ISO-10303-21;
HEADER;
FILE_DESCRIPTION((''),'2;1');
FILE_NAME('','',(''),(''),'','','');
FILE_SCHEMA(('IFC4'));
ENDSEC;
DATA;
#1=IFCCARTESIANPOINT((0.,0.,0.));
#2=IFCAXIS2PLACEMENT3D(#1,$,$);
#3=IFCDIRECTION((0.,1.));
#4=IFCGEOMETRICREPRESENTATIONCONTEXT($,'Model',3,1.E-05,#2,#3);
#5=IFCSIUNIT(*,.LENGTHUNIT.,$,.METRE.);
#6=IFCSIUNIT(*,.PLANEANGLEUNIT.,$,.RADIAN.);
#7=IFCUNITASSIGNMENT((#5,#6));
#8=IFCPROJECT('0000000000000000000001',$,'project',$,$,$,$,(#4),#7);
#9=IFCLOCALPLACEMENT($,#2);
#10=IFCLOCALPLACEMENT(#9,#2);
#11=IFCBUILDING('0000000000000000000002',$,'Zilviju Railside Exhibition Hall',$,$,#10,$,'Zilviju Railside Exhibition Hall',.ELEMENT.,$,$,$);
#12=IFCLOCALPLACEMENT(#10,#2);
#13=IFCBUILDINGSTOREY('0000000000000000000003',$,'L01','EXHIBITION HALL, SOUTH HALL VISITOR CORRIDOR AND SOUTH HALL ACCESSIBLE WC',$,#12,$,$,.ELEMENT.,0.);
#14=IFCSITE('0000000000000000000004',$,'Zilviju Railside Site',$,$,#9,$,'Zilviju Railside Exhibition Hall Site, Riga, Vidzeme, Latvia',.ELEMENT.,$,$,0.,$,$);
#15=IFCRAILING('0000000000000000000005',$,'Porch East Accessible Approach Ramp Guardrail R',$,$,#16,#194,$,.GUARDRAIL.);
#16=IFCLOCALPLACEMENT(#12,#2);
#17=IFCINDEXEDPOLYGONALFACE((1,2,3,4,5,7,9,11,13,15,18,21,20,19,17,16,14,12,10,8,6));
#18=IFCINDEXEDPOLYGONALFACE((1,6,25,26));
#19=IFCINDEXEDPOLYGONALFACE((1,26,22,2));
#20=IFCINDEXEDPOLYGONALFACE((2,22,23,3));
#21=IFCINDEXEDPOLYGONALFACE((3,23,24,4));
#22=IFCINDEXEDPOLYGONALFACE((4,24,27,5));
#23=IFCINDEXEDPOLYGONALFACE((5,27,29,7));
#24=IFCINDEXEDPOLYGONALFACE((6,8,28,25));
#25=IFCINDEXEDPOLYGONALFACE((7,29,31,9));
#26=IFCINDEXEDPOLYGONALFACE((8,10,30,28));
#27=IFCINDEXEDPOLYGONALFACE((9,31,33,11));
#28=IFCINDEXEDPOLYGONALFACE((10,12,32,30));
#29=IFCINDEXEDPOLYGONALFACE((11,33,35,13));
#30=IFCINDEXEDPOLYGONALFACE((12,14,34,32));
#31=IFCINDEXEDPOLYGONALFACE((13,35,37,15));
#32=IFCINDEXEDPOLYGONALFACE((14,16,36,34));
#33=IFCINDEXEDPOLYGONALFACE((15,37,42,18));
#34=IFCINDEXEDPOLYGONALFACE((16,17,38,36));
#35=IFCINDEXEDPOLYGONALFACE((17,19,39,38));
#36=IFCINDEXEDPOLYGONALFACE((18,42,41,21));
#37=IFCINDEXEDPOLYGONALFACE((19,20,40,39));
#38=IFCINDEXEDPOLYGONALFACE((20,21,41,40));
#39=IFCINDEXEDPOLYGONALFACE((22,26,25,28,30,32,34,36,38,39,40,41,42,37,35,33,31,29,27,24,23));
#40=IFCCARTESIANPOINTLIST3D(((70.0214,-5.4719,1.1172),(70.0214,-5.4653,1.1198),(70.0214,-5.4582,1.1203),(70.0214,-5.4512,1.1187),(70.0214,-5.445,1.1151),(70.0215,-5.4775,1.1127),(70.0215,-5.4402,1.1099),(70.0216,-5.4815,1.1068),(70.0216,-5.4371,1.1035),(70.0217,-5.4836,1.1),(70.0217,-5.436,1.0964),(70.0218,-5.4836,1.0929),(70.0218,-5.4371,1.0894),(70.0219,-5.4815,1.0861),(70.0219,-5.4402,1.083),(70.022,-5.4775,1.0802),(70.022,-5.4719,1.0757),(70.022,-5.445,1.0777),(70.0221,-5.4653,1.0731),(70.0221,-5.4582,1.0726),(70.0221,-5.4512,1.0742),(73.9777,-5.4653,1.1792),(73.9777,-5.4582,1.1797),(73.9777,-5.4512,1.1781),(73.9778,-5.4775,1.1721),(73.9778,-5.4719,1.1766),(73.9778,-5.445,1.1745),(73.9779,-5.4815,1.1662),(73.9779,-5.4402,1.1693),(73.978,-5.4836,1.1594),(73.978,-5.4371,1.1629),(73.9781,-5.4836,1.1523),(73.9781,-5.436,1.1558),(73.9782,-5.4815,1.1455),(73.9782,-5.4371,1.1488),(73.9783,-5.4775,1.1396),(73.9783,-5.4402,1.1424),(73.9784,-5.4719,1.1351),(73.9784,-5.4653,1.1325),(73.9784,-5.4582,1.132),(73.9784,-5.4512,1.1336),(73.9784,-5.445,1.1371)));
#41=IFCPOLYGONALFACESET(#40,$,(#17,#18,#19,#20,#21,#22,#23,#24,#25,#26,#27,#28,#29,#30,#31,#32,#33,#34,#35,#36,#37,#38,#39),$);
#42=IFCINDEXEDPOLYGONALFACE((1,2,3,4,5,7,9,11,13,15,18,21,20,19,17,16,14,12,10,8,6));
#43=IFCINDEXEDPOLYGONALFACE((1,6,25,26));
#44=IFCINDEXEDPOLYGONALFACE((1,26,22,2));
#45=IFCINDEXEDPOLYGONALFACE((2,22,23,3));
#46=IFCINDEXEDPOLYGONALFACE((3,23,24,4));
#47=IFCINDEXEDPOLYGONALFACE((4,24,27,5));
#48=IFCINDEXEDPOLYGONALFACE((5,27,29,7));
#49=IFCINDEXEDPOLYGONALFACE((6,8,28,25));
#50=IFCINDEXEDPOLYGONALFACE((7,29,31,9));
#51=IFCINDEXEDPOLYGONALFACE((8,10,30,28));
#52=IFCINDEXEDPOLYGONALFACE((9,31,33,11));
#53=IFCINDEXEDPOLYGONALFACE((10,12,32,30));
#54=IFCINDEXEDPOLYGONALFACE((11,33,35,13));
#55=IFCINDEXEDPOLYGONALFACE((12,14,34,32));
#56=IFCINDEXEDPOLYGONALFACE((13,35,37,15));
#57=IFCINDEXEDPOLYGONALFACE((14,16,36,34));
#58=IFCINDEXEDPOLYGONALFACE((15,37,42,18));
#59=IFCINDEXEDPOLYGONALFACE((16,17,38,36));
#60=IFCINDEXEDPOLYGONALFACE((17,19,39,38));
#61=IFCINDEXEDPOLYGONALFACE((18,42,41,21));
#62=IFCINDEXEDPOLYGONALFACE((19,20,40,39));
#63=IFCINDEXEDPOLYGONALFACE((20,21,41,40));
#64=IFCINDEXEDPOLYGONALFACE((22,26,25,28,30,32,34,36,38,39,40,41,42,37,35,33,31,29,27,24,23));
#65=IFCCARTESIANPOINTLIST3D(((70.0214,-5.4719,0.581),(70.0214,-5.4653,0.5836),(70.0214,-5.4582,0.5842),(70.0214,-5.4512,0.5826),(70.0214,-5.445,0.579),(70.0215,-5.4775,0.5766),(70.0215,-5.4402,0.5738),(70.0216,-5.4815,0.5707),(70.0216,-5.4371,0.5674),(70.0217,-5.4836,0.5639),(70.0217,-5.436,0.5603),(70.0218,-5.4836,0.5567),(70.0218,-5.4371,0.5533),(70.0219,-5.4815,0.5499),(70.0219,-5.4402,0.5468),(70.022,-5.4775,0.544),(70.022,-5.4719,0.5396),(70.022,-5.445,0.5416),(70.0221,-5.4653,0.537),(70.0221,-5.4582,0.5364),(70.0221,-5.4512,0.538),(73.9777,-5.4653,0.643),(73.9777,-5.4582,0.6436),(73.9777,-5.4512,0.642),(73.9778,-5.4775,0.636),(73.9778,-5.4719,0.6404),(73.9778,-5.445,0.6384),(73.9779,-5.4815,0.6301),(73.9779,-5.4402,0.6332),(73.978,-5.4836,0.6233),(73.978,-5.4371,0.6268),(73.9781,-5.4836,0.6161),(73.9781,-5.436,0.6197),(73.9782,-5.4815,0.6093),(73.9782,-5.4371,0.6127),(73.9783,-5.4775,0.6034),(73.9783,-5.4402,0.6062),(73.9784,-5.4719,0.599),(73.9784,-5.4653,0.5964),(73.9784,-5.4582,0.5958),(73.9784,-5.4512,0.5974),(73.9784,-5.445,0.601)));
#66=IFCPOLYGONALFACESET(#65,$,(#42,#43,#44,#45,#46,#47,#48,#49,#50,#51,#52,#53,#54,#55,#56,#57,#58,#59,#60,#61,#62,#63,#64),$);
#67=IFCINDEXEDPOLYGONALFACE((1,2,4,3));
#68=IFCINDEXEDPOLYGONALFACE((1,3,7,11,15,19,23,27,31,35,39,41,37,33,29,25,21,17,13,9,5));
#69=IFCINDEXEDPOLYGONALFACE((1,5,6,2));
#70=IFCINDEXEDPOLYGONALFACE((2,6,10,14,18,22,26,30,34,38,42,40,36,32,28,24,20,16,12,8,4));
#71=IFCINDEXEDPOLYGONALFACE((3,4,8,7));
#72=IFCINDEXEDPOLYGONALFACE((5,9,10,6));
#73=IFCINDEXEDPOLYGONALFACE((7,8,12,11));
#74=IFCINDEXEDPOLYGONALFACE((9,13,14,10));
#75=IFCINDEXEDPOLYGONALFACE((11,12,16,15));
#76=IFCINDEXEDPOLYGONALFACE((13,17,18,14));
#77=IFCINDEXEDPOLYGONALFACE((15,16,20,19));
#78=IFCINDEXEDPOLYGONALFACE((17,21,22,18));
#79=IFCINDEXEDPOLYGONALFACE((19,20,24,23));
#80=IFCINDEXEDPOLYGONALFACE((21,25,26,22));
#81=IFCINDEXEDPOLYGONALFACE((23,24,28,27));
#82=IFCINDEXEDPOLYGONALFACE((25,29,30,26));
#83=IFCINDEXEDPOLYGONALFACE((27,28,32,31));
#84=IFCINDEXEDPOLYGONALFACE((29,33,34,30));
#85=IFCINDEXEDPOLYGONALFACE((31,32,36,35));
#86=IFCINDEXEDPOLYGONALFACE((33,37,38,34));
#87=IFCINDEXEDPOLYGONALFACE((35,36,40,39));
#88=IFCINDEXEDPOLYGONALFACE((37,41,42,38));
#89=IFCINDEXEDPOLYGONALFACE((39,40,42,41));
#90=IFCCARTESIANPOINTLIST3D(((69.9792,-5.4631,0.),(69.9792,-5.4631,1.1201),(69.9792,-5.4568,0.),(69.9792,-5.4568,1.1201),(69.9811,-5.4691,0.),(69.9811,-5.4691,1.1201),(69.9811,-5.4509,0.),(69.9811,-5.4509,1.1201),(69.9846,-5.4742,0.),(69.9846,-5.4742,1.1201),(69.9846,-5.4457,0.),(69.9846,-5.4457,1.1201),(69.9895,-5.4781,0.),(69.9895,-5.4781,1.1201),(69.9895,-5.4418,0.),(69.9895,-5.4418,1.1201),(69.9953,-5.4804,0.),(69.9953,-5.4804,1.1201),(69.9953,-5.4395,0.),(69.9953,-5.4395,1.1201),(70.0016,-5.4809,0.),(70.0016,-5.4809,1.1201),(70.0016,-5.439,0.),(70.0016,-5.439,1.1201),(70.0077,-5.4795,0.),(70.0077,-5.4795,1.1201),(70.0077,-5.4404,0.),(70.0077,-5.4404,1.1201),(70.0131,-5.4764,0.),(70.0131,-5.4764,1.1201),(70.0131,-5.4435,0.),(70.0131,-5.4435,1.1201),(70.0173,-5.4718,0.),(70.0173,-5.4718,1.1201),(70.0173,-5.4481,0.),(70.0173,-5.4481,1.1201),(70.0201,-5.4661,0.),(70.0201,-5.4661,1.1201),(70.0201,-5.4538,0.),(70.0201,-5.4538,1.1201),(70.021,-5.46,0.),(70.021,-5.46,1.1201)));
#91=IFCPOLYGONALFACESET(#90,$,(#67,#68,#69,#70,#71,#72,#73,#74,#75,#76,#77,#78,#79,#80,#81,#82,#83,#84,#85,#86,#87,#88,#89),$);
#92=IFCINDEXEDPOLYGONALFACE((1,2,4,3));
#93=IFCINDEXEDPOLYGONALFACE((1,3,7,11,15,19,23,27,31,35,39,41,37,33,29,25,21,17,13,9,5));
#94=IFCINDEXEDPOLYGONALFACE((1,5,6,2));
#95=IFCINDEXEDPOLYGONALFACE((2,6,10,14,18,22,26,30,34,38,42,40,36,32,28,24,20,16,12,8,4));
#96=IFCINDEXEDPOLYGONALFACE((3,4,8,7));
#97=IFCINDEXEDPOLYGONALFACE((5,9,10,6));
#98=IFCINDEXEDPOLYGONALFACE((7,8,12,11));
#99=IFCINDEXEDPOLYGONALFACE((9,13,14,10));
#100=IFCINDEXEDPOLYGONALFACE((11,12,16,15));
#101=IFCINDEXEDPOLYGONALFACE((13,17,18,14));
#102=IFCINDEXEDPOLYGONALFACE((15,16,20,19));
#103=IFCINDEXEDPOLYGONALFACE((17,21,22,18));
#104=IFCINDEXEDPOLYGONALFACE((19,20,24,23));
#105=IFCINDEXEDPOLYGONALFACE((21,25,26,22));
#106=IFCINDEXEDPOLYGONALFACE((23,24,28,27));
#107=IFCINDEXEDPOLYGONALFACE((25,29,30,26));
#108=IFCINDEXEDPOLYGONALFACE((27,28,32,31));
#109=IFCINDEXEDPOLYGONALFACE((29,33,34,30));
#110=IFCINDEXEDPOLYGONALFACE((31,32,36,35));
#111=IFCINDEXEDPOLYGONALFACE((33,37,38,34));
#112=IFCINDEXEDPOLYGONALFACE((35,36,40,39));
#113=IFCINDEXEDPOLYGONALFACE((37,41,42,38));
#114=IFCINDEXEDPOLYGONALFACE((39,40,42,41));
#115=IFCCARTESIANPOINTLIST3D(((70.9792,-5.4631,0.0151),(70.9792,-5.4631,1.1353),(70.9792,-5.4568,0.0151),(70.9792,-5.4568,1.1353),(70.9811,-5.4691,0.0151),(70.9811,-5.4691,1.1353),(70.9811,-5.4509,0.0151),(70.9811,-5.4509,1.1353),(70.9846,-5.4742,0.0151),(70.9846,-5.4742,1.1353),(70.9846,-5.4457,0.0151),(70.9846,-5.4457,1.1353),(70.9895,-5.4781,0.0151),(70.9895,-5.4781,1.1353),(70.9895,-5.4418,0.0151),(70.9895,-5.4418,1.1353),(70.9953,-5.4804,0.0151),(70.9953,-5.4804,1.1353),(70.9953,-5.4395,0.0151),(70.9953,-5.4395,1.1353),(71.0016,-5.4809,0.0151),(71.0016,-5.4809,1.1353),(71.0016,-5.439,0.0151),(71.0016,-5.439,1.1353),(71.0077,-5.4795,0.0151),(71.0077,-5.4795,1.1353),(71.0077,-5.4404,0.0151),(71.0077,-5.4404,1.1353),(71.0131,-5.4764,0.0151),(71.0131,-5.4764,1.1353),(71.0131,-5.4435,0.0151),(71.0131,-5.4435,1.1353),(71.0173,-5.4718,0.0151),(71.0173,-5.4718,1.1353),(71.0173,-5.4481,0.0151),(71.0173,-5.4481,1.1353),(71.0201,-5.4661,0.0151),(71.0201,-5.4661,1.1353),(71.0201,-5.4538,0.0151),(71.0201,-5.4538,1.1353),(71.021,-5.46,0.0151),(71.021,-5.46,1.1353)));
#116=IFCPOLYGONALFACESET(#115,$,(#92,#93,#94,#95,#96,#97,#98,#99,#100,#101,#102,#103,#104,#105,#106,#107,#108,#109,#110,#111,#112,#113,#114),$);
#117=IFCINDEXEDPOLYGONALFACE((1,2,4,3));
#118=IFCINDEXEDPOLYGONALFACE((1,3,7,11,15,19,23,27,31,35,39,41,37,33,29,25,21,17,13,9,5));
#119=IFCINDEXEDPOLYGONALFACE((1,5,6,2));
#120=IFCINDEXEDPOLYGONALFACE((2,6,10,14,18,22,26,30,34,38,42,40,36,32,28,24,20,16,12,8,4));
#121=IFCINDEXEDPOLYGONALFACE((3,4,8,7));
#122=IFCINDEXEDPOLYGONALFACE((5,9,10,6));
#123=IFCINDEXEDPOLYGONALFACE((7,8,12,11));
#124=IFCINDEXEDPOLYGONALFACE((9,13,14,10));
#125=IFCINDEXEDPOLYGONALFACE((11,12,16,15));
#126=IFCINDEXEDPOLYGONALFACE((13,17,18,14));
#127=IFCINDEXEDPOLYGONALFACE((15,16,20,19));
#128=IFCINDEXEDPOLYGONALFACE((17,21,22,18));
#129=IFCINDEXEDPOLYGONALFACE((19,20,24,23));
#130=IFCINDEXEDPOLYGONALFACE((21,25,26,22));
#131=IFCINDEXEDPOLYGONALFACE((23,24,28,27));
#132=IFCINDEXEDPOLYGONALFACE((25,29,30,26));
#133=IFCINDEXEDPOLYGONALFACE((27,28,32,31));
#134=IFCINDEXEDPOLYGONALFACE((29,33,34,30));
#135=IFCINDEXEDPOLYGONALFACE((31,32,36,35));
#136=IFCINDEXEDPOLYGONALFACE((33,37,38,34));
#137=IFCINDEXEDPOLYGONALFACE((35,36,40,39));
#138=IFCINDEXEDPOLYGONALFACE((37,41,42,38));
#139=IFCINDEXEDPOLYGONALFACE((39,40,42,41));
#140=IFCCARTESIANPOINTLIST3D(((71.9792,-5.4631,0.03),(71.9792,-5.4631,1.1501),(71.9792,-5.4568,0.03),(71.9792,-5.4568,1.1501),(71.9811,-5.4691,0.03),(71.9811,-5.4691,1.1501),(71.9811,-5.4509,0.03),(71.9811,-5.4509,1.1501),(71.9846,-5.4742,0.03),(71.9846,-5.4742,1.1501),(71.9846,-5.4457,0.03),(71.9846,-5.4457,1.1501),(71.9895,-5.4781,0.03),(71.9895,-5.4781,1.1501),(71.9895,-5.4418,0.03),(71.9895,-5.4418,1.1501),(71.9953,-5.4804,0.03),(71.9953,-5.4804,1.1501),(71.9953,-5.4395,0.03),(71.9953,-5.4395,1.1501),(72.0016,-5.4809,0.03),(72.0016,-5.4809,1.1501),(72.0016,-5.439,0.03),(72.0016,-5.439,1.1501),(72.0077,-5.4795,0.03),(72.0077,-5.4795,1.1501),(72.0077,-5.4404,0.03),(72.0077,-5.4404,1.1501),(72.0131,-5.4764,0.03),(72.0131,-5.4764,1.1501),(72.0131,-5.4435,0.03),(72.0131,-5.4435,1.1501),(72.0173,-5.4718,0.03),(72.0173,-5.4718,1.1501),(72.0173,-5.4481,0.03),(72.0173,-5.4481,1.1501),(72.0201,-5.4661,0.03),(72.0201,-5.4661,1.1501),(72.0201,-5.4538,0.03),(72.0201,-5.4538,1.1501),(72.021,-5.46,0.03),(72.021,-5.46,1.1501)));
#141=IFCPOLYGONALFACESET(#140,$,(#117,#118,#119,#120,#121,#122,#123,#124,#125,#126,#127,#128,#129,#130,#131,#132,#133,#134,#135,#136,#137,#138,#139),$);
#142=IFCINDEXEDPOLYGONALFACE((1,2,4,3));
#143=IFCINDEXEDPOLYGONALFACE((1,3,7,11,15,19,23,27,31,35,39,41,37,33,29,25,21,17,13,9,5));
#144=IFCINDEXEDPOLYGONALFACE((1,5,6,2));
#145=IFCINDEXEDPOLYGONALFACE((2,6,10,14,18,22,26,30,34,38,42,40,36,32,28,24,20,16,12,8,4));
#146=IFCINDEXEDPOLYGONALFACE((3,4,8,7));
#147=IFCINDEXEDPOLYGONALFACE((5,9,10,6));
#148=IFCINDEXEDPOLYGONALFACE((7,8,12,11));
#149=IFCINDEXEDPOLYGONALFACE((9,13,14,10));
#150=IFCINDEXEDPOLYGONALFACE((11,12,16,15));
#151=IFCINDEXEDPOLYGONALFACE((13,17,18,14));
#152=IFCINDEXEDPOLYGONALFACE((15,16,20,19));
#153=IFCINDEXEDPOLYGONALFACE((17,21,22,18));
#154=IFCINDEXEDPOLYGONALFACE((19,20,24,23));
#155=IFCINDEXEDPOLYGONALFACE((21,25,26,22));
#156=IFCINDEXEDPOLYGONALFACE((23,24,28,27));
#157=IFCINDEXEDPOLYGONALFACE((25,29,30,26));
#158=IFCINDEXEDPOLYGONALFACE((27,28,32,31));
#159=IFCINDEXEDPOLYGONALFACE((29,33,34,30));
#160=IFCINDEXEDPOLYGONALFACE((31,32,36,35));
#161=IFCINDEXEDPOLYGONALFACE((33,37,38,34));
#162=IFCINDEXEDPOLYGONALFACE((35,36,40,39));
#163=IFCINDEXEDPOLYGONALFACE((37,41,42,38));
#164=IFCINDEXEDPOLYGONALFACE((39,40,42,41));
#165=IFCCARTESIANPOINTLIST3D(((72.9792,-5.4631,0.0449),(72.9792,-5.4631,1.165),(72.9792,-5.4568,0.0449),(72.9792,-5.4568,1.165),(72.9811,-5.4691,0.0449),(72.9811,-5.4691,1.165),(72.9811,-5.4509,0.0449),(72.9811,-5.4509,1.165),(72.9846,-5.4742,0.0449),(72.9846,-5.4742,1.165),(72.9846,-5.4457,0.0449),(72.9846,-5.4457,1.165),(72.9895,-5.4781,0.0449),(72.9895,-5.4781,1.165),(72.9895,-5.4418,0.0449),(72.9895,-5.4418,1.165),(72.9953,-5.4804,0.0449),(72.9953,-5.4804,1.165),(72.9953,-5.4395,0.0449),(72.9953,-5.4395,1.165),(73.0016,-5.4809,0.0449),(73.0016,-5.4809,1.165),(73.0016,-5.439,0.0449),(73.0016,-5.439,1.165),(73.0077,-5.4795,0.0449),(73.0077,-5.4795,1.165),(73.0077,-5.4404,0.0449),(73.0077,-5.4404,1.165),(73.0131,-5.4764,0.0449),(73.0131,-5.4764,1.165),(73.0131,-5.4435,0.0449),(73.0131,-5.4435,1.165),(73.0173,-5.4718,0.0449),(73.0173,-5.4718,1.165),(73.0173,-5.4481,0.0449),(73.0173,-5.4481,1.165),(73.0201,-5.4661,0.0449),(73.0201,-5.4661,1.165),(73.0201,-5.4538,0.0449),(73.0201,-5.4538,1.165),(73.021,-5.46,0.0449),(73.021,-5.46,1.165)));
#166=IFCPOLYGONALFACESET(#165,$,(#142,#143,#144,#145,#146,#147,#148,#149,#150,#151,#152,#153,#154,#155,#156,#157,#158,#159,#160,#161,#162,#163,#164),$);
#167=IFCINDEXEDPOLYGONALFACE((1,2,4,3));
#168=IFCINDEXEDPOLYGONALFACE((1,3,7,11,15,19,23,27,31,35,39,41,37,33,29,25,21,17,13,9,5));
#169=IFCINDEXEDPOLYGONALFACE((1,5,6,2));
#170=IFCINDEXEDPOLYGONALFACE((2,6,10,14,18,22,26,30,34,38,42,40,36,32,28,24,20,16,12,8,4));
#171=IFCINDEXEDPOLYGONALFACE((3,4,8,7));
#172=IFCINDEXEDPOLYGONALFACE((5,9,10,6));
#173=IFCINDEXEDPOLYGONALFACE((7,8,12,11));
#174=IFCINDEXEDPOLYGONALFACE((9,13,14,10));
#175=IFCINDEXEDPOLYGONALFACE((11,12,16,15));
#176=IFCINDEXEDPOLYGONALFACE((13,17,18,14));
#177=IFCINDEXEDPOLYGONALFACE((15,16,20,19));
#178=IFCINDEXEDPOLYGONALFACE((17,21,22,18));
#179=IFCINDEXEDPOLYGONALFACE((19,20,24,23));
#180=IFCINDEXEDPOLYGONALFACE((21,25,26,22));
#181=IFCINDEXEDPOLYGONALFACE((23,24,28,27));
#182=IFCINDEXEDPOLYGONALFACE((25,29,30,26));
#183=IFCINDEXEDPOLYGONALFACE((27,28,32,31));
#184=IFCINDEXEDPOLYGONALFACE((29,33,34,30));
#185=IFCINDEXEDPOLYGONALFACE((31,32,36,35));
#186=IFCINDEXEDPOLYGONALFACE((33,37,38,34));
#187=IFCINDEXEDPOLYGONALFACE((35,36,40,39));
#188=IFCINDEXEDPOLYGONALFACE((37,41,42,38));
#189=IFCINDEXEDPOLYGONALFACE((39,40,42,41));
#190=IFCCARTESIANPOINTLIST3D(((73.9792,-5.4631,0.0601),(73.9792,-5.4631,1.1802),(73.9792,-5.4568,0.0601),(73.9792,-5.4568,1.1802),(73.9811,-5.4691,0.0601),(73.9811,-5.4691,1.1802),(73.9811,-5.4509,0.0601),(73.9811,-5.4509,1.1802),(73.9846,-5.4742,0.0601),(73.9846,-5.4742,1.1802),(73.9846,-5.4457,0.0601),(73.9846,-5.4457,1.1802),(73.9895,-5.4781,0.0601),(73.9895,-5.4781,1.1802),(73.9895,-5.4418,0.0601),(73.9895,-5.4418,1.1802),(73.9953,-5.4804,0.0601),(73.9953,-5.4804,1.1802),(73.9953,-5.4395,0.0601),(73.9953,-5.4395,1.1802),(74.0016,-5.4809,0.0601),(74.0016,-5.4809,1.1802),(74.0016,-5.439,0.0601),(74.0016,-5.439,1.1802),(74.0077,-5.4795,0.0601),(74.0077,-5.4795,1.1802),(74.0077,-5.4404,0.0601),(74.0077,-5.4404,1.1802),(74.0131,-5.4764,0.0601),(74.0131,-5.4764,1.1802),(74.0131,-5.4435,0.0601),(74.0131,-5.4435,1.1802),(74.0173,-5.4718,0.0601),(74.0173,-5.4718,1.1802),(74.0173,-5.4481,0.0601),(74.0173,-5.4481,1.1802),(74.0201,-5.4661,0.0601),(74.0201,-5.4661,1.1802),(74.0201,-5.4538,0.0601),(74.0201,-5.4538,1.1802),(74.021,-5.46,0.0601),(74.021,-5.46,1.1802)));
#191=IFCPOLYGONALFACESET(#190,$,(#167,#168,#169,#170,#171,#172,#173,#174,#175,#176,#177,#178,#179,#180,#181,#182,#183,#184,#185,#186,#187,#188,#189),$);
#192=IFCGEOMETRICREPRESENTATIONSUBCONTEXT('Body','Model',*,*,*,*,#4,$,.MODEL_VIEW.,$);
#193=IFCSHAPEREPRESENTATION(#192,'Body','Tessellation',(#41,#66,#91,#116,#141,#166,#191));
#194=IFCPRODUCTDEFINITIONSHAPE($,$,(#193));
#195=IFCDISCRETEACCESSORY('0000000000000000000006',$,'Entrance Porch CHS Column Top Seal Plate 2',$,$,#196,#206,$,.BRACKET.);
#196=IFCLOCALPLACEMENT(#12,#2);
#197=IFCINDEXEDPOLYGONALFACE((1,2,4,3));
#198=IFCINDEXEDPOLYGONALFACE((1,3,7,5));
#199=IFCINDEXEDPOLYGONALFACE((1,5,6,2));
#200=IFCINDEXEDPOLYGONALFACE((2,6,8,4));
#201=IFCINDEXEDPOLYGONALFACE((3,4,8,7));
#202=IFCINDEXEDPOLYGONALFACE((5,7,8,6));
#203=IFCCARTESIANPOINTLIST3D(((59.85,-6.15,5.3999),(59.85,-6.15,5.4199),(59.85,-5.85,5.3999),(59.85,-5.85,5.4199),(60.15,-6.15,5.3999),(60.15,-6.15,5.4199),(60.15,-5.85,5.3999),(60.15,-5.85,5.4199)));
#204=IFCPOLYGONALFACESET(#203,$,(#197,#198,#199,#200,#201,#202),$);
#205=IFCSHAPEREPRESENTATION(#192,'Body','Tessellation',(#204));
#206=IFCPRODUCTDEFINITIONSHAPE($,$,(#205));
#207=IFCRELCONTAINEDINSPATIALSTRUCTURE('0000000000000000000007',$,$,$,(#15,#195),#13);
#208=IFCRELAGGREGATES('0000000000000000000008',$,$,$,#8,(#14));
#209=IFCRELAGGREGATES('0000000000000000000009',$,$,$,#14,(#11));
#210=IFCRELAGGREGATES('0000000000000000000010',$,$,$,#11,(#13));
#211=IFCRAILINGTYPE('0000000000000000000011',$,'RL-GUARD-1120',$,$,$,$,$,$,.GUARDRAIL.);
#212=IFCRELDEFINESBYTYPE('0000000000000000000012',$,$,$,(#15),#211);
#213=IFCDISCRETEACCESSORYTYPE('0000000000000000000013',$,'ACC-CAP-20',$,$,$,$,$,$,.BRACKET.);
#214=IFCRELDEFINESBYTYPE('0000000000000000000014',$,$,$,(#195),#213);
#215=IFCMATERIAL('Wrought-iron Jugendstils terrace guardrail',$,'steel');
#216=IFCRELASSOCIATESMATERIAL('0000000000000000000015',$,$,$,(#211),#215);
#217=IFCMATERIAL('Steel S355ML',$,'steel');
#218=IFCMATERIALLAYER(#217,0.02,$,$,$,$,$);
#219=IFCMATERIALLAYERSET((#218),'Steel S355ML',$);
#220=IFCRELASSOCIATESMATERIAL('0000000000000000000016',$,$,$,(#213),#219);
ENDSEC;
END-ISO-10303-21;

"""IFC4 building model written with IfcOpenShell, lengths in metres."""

from ifc_helpers import new_model, si_unit, direction, frame, origin, origin_2d, place, context, subcontext, project, spatial, rectangle, circle, extrude, material, layer, layer_set, type_object, element, save


model = new_model("IFC4")

# Units and contexts
model_context = context("Model", 3, precision=1e-05, world=origin(), true_north=direction((0.0, 1.0)))
body_context = subcontext(model_context, "Body", "Model", "MODEL_VIEW")
ifc_project = project(units=[si_unit("LENGTHUNIT", "METRE"), si_unit("PLANEANGLEUNIT", "RADIAN")], contexts=[model_context])

# Site, building, storey
site_placement = place(None, origin())
site = spatial("IfcSite", under=ifc_project, at=site_placement, Name="Zilviju Railside Site", LongName="Zilviju Railside Exhibition Hall Site, Riga, Vidzeme, Latvia", CompositionType="ELEMENT", RefElevation=0.0)
building_placement = place(site_placement, origin())
building = spatial("IfcBuilding", under=site, at=building_placement, Name="Zilviju Railside Exhibition Hall", LongName="Zilviju Railside Exhibition Hall", CompositionType="ELEMENT")
storey_placement = place(building_placement, origin())
storey = spatial("IfcBuildingStorey", under=building, at=storey_placement, Name="L01", Description="EXHIBITION HALL, SOUTH HALL VISITOR CORRIDOR AND SOUTH HALL ACCESSIBLE WC", CompositionType="ELEMENT", Elevation=0.0)

# Shared definitions
ifc_material_1 = material(Name="Steel S355ML", Category="steel")

# Railing
ifc_material_2 = material(Name="Wrought-iron Jugendstils terrace guardrail", Category="steel")
railing_type = type_object("IfcRailingType", Name="RL-GUARD-1120", PredefinedType="GUARDRAIL", material=ifc_material_2)
for number, where, name in (
    (1, (70.0, -5.46, 0.0), "Porch East Accessible Approach Ramp Guardrail R"),
):
    element("IfcRailing", number, at=place(storey_placement, frame(where)), inside=storey, type_object=railing_type, Name=name, PredefinedType="GUARDRAIL", context=body_context, shape_type="SweptSolid", body=[
        extrude(circle(Radius=0.0239, at=origin_2d()), frame((0.0217, 0.0, 1.0964), z_axis=(0.999887, 0.0, 0.015013), x_axis=(0.0, 1.0, 0.0)), (0.0, 0.0, 1.0), 3.9568),
        extrude(circle(Radius=0.0239, at=origin_2d()), frame((0.0217, 0.0, 0.5603), z_axis=(0.999887, 0.0, 0.015013), x_axis=(0.0, 1.0, 0.0)), (0.0, 0.0, 1.0), 3.9568),
        extrude(circle(Radius=0.021, at=origin_2d()), origin(), (0.0, 0.0, 1.0), 1.1201),
        extrude(circle(Radius=0.021, at=origin_2d()), frame((1.0, 0.0, 0.0151)), (0.0, 0.0, 1.0), 1.1201),
        extrude(circle(Radius=0.021, at=origin_2d()), frame((2.0, 0.0, 0.03)), (0.0, 0.0, 1.0), 1.1201),
        extrude(circle(Radius=0.021, at=origin_2d()), frame((3.0, 0.0, 0.0449)), (0.0, 0.0, 1.0), 1.1201),
        extrude(circle(Radius=0.021, at=origin_2d()), frame((4.0, 0.0, 0.0601)), (0.0, 0.0, 1.0), 1.1201),
    ])

# Discrete accessory
ifc_layer_1 = layer(ifc_material_1, 0.02)
ifc_layer_set_1 = layer_set([ifc_layer_1], Name="Steel S355ML")
discrete_accessory_type = type_object("IfcDiscreteAccessoryType", Name="ACC-CAP-20", PredefinedType="BRACKET", material=ifc_layer_set_1)
discrete_accessory_1_placement = place(storey_placement, frame((60.0, -6.0, 5.3999), z_axis=(0.0, 0.0, 1.0), x_axis=(1.0, 0.0, 0.0)))
element("IfcDiscreteAccessory", 2, at=discrete_accessory_1_placement, inside=storey, type_object=discrete_accessory_type, Name="Entrance Porch CHS Column Top Seal Plate 2", PredefinedType="BRACKET", context=body_context, shape_type="SweptSolid", body=[
    extrude(rectangle(XDim=0.3, YDim=0.3, at=origin_2d()), origin(), (0.0, 0.0, 1.0), 0.02),
])

save(model, "model.ifc")
